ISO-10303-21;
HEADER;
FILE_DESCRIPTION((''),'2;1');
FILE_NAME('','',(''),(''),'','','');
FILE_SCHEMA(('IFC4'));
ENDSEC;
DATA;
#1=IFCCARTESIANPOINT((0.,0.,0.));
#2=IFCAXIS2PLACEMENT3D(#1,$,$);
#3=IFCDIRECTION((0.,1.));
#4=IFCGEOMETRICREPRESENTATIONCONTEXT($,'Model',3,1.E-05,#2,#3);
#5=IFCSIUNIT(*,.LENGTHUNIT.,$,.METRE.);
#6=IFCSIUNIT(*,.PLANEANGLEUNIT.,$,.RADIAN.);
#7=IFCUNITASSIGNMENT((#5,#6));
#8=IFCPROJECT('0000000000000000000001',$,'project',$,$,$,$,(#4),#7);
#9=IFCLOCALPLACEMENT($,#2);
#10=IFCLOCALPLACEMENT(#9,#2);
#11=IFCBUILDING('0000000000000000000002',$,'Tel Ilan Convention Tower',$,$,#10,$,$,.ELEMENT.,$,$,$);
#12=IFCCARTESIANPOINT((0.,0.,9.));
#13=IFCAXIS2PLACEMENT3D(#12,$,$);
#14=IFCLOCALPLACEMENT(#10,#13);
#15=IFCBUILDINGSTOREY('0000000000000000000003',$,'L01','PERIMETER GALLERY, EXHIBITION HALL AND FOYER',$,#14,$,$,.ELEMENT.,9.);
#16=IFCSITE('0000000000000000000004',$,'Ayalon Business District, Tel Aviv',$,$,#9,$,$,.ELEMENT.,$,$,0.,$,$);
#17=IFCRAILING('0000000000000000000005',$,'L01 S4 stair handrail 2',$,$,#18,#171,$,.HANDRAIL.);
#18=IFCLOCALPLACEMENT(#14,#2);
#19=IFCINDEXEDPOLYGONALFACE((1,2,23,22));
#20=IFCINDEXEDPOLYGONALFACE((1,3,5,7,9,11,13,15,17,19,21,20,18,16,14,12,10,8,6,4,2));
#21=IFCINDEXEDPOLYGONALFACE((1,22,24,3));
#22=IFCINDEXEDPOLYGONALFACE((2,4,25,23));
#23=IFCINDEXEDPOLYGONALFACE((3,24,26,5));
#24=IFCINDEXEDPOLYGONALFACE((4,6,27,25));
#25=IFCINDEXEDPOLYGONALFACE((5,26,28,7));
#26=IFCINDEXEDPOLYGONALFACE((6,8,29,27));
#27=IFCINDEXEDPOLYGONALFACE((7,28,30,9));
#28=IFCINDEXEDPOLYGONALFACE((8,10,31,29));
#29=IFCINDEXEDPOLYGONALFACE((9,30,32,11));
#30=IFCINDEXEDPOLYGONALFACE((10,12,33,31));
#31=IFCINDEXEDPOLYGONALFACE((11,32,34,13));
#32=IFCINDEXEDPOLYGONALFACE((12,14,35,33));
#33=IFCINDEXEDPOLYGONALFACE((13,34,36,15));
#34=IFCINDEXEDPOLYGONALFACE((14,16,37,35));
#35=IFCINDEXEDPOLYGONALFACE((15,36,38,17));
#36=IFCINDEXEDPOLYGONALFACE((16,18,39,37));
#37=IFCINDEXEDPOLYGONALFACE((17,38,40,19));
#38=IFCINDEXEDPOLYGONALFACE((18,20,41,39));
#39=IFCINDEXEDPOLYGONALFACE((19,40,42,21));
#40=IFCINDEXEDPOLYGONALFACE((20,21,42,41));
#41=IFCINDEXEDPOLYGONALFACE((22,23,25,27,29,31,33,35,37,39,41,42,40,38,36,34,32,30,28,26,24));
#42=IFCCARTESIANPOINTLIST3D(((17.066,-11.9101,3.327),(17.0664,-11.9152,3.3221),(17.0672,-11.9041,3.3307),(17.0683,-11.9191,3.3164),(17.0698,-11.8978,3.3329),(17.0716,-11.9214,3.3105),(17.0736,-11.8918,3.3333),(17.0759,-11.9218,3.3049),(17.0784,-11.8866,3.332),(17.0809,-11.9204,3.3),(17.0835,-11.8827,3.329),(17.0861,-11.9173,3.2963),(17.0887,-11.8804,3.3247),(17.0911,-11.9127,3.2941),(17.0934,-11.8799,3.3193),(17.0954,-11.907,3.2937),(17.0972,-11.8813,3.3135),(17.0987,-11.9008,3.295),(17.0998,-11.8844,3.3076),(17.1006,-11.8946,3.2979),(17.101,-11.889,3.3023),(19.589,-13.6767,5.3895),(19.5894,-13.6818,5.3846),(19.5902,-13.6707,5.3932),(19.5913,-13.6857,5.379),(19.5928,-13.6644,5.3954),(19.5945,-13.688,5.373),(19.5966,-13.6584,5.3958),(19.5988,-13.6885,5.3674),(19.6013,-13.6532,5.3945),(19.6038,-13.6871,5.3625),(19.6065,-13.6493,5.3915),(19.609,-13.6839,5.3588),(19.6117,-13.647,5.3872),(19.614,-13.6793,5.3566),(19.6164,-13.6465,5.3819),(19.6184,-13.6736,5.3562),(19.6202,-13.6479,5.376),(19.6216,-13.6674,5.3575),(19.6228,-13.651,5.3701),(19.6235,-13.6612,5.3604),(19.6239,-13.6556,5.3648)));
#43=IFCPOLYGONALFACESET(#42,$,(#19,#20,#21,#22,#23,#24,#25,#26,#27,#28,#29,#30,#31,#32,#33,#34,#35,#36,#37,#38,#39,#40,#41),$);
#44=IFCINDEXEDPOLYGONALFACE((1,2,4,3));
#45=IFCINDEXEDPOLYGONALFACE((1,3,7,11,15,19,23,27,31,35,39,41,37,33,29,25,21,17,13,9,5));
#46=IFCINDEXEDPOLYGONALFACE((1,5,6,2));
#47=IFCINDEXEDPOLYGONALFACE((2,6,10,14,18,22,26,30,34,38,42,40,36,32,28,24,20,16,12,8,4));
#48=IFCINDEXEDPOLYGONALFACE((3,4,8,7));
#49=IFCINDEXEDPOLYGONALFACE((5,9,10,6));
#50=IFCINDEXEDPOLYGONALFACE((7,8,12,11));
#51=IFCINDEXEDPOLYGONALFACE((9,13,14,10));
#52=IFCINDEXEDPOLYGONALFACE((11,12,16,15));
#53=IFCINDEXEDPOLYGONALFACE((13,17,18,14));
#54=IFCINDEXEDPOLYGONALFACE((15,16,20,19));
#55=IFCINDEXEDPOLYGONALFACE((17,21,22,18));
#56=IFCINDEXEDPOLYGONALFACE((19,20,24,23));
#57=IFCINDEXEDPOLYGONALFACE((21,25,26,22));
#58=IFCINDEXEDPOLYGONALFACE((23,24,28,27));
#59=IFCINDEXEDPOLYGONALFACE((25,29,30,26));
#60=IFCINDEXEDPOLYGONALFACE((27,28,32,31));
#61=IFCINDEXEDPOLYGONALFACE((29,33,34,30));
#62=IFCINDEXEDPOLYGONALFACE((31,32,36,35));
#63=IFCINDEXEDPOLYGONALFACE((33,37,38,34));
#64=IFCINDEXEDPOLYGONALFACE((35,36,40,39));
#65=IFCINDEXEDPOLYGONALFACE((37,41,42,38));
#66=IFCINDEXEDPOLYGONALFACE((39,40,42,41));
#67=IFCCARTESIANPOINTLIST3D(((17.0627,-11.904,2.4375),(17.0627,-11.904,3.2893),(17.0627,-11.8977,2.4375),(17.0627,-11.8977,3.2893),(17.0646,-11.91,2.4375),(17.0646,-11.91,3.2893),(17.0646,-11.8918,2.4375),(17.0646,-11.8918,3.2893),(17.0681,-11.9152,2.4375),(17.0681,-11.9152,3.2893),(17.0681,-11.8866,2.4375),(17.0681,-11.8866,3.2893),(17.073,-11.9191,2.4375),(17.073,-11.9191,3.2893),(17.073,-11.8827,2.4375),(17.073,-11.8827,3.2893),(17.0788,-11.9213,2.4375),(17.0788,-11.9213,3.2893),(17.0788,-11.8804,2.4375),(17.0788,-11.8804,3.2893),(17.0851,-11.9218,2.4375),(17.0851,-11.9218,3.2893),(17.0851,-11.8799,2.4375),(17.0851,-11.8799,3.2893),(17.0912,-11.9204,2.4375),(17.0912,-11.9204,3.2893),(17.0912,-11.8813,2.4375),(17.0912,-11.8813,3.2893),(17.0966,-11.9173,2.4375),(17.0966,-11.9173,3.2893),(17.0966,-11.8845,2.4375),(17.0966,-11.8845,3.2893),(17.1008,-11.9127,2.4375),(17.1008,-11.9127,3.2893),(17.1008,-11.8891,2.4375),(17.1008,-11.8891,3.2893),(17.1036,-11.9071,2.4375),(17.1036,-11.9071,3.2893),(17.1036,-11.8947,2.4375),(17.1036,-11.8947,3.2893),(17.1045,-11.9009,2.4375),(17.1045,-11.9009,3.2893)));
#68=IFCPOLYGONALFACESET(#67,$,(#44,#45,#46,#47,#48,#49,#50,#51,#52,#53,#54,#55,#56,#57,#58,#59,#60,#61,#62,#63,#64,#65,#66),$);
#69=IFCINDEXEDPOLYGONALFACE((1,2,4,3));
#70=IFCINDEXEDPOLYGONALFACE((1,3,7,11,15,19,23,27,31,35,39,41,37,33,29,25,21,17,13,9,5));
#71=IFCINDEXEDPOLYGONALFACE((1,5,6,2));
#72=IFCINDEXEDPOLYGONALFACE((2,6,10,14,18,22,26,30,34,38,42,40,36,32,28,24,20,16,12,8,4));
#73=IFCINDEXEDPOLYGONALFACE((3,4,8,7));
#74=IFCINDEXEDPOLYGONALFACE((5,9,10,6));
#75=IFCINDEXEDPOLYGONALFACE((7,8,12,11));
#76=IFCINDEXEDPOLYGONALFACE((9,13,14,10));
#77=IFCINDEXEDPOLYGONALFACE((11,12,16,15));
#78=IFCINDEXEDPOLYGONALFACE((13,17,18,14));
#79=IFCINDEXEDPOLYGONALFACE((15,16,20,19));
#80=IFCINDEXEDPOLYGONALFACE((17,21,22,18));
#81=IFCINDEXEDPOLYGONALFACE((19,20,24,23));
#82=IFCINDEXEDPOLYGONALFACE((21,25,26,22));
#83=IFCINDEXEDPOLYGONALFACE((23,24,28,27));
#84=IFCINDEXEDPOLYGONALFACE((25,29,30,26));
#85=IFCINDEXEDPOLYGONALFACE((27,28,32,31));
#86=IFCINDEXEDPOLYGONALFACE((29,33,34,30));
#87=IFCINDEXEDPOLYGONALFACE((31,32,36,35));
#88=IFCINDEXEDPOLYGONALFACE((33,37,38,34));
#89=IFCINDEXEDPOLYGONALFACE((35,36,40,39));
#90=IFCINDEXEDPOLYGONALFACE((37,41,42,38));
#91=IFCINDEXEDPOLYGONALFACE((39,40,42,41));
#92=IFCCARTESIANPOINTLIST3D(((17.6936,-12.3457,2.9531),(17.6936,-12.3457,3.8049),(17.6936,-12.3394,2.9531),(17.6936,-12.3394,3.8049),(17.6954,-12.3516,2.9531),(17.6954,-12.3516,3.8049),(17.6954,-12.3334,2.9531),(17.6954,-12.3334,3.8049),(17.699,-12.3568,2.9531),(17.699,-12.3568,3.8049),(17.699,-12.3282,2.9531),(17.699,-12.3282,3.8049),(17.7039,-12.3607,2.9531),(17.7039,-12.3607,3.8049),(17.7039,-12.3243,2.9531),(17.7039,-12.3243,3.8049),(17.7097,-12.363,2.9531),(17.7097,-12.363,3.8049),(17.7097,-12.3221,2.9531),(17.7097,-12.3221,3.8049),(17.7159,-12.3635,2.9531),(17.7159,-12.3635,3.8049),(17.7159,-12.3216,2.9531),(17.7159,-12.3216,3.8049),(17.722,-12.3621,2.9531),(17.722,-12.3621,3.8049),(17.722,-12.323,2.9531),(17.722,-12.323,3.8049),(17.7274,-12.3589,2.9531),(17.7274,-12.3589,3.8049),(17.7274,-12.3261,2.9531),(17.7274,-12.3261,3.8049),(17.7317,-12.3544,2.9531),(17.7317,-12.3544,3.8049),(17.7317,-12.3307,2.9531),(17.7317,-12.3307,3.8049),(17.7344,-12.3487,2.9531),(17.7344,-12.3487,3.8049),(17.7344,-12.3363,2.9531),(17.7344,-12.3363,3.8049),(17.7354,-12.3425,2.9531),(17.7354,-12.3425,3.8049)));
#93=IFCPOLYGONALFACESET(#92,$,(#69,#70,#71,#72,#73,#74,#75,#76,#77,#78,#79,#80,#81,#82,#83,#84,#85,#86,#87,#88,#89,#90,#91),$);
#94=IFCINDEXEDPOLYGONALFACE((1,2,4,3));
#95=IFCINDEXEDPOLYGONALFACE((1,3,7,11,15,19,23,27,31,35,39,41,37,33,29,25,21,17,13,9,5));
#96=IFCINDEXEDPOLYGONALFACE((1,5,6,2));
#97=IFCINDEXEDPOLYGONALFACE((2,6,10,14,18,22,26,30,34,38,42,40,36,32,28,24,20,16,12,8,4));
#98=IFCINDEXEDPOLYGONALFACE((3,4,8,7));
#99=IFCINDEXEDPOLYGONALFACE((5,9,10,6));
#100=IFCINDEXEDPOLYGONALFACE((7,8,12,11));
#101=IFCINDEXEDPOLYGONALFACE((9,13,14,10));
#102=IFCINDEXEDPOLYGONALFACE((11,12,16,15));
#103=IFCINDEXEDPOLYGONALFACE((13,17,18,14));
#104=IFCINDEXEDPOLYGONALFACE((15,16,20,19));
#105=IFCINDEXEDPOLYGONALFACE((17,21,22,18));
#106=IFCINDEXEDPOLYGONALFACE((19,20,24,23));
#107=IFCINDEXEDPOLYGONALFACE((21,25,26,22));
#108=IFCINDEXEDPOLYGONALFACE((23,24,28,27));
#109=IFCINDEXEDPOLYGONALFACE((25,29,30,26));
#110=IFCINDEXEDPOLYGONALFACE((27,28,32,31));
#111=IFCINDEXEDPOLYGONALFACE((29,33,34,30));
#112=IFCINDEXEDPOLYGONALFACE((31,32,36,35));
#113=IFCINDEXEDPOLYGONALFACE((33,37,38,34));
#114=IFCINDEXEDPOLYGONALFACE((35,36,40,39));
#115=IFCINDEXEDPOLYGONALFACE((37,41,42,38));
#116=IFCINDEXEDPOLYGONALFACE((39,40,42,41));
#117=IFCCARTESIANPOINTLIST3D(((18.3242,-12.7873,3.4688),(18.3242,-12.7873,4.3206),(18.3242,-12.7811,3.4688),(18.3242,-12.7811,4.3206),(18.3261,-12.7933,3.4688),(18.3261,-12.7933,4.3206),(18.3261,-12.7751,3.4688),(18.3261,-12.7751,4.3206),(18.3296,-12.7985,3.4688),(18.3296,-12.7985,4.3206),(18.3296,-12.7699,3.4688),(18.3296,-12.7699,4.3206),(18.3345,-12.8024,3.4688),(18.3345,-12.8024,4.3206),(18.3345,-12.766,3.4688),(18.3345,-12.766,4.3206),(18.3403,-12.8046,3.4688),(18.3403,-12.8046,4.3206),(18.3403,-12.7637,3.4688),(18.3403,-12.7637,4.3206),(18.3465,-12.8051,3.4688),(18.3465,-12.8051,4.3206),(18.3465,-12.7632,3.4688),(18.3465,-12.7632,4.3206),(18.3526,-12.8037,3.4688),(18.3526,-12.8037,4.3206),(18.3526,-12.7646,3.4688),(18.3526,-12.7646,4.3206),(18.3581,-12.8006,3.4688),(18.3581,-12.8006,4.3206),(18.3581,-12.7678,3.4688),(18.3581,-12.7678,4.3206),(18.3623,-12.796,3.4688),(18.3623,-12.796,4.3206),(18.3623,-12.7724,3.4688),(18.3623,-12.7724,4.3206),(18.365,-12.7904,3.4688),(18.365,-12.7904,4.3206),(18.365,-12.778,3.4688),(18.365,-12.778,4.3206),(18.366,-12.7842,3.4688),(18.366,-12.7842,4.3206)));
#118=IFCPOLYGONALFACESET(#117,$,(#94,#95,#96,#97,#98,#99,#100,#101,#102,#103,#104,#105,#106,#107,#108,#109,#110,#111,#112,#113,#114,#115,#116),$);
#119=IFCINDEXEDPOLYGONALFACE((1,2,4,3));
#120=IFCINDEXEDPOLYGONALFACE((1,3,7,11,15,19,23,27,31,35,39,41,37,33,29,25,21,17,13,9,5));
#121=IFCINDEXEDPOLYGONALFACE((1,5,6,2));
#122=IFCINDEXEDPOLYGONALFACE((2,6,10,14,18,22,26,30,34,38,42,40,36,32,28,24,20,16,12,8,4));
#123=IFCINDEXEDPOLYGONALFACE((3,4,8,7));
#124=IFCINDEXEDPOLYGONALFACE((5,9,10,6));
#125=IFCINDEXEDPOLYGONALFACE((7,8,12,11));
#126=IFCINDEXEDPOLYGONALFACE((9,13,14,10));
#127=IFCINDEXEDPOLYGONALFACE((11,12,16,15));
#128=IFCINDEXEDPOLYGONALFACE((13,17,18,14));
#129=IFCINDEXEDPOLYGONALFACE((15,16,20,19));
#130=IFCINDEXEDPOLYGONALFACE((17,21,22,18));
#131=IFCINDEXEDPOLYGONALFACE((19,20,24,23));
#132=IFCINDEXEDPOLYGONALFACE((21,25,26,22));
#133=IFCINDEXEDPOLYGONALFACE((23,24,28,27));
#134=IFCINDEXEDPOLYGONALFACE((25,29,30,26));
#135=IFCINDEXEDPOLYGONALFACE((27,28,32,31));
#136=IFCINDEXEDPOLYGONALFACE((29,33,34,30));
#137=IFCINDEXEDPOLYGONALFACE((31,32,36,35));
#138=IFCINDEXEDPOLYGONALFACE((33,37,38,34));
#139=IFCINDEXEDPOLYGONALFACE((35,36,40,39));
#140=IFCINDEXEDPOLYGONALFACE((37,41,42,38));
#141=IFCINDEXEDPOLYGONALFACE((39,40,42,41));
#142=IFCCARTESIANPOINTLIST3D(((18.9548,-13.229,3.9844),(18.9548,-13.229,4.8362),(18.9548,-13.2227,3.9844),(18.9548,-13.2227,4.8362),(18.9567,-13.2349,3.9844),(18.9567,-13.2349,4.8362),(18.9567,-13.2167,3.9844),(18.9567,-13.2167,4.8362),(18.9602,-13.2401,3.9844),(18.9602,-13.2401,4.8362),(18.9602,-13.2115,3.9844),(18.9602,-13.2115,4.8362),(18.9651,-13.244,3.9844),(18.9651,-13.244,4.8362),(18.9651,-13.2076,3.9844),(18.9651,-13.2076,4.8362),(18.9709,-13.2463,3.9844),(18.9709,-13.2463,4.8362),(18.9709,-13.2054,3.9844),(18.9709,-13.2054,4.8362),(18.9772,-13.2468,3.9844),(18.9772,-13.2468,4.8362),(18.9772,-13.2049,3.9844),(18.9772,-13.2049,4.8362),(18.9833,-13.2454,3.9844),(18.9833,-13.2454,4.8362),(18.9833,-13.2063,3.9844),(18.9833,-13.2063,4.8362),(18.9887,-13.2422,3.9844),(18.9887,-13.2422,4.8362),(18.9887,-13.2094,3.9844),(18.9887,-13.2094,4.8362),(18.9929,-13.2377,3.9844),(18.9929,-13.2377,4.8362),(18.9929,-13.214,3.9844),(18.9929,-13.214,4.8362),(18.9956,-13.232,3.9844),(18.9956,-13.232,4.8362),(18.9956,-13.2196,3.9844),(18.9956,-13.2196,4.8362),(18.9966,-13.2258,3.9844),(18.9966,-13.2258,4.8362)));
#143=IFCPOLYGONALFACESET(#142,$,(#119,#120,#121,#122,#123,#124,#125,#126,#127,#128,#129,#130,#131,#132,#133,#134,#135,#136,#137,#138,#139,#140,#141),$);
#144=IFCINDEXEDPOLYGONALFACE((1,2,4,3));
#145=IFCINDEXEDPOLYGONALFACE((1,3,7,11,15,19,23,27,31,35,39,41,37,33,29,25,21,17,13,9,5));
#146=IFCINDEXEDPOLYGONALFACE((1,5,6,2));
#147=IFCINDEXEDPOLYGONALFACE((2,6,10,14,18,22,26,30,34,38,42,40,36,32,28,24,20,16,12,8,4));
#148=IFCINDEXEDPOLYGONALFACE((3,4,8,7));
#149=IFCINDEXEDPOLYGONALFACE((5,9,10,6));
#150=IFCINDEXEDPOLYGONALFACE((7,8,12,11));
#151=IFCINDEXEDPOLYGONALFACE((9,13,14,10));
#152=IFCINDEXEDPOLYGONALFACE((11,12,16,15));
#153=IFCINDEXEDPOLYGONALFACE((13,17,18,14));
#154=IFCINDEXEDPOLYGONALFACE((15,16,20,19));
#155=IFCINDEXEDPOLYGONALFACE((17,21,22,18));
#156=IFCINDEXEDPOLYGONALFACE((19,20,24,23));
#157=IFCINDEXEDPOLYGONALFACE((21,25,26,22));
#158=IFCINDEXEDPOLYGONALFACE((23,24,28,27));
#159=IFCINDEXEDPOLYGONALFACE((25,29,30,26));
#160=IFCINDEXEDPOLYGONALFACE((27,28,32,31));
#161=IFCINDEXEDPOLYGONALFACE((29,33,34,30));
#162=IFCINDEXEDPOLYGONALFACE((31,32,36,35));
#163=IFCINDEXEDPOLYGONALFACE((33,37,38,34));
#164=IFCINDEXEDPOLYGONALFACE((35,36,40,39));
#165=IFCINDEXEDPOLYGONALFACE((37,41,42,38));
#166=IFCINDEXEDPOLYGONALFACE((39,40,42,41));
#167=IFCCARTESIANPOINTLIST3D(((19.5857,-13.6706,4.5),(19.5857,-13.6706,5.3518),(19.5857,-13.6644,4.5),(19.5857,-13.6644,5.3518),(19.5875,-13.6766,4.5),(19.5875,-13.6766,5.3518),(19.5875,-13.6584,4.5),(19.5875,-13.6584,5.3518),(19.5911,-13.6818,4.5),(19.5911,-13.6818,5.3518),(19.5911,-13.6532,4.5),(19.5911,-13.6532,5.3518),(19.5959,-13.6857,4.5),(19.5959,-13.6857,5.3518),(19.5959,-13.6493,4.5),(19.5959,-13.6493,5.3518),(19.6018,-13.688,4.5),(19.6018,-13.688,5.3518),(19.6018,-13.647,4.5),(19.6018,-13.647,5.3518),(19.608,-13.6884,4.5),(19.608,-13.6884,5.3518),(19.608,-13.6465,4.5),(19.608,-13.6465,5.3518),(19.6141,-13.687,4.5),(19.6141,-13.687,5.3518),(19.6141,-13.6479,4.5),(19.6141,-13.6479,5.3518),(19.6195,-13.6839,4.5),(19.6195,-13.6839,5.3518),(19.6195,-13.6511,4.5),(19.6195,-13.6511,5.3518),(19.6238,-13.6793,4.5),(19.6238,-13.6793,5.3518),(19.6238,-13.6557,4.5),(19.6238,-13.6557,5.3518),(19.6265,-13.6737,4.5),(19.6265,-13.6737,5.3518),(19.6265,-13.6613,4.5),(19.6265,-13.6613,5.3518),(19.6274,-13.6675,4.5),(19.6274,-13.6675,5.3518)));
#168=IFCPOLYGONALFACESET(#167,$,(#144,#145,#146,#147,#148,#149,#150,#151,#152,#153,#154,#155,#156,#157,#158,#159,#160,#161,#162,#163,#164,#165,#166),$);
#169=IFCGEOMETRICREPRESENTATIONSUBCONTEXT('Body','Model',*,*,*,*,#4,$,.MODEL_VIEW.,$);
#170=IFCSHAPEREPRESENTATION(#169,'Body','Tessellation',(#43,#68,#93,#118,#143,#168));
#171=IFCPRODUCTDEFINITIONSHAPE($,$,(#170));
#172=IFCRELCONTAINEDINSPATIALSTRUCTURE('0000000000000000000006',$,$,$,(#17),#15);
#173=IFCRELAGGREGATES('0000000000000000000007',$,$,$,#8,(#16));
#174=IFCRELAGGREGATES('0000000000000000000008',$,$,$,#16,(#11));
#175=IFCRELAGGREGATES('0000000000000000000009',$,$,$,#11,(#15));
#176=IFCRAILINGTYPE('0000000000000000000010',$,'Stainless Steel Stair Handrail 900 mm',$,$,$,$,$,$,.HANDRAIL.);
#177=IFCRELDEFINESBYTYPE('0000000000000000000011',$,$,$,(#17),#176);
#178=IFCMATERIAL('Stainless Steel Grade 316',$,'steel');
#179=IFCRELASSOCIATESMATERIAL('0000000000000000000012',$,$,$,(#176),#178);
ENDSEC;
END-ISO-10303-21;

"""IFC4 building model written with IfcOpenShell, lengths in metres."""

from ifc_helpers import new_model, si_unit, direction, frame, origin, origin_2d, place, context, subcontext, project, spatial, circle, extrude, material, type_object, element, save


model = new_model("IFC4")

# Units and contexts
model_context = context("Model", 3, precision=1e-05, world=origin(), true_north=direction((0.0, 1.0)))
body_context = subcontext(model_context, "Body", "Model", "MODEL_VIEW")
ifc_project = project(units=[si_unit("LENGTHUNIT", "METRE"), si_unit("PLANEANGLEUNIT", "RADIAN")], contexts=[model_context])

# Site, building, storey
site_placement = place(None, origin())
site = spatial("IfcSite", under=ifc_project, at=site_placement, Name="Ayalon Business District, Tel Aviv", CompositionType="ELEMENT", RefElevation=0.0)
building_placement = place(site_placement, origin())
building = spatial("IfcBuilding", under=site, at=building_placement, Name="Tel Ilan Convention Tower", CompositionType="ELEMENT")
storey_placement = place(building_placement, frame((0.0, 0.0, 9.0)))
storey = spatial("IfcBuildingStorey", under=building, at=storey_placement, Name="L01", Description="PERIMETER GALLERY, EXHIBITION HALL AND FOYER", CompositionType="ELEMENT", Elevation=9.0)

# Railing
ifc_material_1 = material(Name="Stainless Steel Grade 316", Category="steel")
railing_type_1 = type_object("IfcRailingType", Name="Stainless Steel Stair Handrail 900 mm", PredefinedType="HANDRAIL", material=ifc_material_1)
for number, where, name in (
    (1, (17.0835, -11.9009, 2.4375), "L01 S4 stair handrail 2"),
):
    element("IfcRailing", number, at=place(storey_placement, frame(where)), inside=storey, type_object=railing_type_1, Name=name, PredefinedType="HANDRAIL", context=body_context, shape_type="SweptSolid", body=[
        extrude(circle(Radius=0.0239, at=origin_2d()), frame((0.0, 0.0, 0.876), z_axis=(0.680635, -0.476589, 0.556416), x_axis=(0.573579, 0.81915, 0.0)), (0.0, 0.0, 1.0), 3.7068),
        extrude(circle(Radius=0.021, at=origin_2d()), origin(), (0.0, 0.0, 1.0), 0.8518),
        extrude(circle(Radius=0.021, at=origin_2d()), frame((0.6309, -0.4417, 0.5156)), (0.0, 0.0, 1.0), 0.8518),
        extrude(circle(Radius=0.021, at=origin_2d()), frame((1.2615, -0.8833, 1.0312)), (0.0, 0.0, 1.0), 0.8518),
        extrude(circle(Radius=0.021, at=origin_2d()), frame((1.8921, -1.325, 1.5469)), (0.0, 0.0, 1.0), 0.8518),
        extrude(circle(Radius=0.021, at=origin_2d()), frame((2.5229, -1.7666, 2.0625)), (0.0, 0.0, 1.0), 0.8518),
    ])

save(model, "model.ifc")
